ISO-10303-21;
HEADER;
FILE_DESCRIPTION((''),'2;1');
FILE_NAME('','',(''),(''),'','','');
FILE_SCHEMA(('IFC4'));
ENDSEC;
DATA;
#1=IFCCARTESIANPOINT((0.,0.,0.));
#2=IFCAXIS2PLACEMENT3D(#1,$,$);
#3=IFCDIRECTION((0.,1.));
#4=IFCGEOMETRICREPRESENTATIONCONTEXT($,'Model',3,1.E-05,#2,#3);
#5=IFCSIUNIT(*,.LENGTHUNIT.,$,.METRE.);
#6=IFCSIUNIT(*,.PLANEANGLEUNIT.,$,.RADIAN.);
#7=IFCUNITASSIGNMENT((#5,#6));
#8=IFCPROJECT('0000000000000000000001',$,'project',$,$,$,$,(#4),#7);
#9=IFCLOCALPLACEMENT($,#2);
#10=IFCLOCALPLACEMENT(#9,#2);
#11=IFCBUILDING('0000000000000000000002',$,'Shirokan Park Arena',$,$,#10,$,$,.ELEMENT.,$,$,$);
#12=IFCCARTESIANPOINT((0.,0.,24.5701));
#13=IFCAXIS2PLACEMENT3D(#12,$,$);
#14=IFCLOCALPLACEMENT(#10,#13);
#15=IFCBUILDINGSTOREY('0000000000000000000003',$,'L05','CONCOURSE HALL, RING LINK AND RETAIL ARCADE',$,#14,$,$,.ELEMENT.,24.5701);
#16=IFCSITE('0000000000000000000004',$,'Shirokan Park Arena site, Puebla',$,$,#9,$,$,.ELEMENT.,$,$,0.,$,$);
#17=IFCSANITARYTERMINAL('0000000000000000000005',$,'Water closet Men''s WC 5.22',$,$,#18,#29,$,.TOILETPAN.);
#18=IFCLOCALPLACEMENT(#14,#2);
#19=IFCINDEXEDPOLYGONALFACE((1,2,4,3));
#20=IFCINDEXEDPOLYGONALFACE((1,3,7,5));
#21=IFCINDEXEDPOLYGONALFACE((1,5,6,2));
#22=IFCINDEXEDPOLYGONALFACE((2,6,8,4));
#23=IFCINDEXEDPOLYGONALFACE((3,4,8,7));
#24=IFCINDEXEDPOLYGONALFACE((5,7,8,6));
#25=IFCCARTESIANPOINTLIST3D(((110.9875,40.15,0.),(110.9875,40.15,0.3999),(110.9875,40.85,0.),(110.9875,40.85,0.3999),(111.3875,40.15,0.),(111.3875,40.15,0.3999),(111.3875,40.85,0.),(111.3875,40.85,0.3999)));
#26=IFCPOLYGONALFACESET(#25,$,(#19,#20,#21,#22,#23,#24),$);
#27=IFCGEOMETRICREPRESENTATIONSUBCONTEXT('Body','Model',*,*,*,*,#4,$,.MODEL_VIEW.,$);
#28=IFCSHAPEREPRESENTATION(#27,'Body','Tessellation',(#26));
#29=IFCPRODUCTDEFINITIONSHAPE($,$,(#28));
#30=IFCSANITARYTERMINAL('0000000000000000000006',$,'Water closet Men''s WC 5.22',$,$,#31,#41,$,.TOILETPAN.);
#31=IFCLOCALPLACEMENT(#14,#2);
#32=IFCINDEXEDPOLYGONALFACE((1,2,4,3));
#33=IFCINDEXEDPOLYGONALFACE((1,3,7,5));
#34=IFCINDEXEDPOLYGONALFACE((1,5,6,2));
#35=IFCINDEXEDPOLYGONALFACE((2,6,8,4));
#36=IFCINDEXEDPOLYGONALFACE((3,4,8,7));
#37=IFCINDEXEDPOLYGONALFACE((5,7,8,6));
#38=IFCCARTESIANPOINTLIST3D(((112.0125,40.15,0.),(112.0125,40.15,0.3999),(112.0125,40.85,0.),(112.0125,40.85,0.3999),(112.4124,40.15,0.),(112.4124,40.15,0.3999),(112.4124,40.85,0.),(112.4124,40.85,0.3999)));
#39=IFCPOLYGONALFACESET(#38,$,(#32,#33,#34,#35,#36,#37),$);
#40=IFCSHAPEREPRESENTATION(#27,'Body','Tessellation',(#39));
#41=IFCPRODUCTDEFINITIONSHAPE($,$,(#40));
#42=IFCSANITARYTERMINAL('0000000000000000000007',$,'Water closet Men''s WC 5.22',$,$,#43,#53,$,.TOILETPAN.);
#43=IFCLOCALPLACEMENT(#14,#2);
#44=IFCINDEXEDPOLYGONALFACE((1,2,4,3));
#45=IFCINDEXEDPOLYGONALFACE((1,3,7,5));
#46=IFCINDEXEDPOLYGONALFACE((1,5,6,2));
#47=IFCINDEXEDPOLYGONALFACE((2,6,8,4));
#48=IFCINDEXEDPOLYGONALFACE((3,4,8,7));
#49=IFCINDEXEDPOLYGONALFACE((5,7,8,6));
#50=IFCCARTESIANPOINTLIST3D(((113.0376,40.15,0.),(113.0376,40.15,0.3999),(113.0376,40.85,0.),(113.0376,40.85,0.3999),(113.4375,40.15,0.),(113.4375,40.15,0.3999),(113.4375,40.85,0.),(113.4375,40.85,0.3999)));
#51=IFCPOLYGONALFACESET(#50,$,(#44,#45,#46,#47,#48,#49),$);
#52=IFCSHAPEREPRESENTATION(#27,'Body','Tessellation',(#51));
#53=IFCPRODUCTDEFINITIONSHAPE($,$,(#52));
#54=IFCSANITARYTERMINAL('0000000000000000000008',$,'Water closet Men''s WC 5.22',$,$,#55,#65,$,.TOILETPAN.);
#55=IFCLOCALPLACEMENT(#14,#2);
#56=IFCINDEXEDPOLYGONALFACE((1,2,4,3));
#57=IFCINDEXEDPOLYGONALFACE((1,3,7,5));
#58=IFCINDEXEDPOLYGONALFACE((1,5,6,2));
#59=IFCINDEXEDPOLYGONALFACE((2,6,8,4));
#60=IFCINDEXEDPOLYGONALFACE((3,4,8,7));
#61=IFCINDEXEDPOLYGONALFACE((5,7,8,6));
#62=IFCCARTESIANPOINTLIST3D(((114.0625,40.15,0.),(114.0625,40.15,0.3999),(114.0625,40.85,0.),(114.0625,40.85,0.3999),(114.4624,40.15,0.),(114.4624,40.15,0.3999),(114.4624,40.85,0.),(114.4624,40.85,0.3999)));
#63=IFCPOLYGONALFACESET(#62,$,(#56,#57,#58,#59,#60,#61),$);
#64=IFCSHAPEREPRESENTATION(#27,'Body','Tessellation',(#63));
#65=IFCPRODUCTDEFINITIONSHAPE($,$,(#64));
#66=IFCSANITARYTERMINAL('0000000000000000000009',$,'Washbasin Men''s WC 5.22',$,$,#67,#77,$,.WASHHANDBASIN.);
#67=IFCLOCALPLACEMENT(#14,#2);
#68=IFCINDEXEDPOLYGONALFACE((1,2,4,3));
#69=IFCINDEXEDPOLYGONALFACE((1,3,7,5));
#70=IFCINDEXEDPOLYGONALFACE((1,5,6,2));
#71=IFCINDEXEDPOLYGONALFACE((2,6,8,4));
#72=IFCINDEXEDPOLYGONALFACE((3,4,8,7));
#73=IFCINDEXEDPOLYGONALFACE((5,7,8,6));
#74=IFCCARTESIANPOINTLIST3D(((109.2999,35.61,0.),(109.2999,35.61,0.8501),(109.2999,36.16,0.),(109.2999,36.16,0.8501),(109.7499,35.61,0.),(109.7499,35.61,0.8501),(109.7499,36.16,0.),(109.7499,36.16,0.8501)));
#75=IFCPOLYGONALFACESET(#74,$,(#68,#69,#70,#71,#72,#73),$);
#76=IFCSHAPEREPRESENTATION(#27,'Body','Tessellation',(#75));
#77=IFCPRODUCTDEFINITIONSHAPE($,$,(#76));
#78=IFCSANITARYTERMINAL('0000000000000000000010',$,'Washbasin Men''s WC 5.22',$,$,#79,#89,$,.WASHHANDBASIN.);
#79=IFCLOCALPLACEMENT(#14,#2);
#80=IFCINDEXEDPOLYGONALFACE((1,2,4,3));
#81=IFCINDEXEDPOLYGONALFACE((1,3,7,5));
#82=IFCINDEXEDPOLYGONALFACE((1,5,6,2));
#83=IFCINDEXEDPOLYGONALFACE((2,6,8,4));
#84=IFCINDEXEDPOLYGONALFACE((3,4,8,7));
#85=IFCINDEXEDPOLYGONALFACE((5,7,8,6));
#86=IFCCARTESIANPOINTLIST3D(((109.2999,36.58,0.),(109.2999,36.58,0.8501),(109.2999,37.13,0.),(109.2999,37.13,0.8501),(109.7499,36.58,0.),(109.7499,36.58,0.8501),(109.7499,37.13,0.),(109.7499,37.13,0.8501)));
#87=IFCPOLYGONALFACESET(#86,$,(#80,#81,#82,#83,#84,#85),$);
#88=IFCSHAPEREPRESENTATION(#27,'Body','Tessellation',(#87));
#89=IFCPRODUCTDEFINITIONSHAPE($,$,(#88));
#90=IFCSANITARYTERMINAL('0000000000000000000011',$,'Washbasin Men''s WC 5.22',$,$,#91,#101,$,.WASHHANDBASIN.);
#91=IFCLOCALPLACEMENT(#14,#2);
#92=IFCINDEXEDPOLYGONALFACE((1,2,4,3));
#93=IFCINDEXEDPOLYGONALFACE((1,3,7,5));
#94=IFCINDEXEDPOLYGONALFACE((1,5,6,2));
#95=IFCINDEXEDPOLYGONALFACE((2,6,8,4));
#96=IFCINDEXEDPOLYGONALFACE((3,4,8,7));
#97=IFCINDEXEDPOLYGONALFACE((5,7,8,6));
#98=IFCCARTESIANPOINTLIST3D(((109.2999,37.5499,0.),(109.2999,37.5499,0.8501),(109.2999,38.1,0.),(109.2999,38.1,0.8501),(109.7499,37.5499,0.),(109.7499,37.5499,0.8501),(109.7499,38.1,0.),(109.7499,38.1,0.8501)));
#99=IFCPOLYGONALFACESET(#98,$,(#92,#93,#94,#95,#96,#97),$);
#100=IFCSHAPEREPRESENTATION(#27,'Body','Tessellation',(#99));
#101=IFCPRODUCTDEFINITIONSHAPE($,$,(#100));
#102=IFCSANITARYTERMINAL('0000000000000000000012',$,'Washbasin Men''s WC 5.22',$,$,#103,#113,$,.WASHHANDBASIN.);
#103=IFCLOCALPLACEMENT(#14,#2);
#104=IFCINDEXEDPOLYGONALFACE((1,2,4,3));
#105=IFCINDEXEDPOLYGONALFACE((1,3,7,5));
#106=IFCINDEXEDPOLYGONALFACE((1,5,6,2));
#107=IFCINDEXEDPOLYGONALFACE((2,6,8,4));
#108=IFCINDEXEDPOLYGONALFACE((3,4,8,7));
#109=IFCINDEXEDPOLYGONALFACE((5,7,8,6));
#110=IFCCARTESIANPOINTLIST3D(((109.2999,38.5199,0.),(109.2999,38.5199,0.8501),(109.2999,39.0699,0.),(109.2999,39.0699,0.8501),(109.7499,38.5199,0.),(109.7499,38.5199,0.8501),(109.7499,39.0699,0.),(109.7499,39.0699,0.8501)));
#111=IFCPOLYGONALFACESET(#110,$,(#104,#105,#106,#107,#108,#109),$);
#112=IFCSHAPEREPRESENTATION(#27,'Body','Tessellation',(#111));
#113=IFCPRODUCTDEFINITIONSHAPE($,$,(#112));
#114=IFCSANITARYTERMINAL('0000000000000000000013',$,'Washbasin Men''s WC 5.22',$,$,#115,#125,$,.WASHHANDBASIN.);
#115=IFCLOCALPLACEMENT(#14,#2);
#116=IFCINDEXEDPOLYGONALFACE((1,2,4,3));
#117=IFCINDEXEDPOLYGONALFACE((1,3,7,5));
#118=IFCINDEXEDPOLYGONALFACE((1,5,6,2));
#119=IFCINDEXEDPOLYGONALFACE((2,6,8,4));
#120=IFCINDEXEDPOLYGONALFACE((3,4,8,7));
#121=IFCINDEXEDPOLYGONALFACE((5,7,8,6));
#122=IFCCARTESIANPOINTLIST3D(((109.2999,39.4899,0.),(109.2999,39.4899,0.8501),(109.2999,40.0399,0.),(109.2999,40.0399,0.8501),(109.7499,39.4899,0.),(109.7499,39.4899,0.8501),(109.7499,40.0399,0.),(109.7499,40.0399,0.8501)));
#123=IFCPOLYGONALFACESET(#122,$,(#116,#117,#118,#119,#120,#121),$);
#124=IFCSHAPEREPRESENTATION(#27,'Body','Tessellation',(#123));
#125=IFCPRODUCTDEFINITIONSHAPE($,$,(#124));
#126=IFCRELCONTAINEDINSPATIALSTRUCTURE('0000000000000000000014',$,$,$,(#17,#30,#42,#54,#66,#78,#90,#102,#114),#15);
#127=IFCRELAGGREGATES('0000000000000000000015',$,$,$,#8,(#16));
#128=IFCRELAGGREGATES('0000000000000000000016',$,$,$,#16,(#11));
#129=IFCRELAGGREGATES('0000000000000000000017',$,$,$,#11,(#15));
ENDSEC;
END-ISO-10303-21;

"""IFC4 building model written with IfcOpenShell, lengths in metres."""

from ifc_helpers import new_model, si_unit, direction, frame, origin, origin_2d, place, context, subcontext, project, spatial, rectangle, extrude, element, save


model = new_model("IFC4")

# Units and contexts
model_context = context("Model", 3, precision=1e-05, world=origin(), true_north=direction((0.0, 1.0)))
body_context = subcontext(model_context, "Body", "Model", "MODEL_VIEW")
ifc_project = project(units=[si_unit("LENGTHUNIT", "METRE"), si_unit("PLANEANGLEUNIT", "RADIAN")], contexts=[model_context])

# Site, building, storey
site_placement = place(None, origin())
site = spatial("IfcSite", under=ifc_project, at=site_placement, Name="Shirokan Park Arena site, Puebla", CompositionType="ELEMENT", RefElevation=0.0)
building_placement = place(site_placement, origin())
building = spatial("IfcBuilding", under=site, at=building_placement, Name="Shirokan Park Arena", CompositionType="ELEMENT")
storey_placement = place(building_placement, frame((0.0, 0.0, 24.5701)))
storey = spatial("IfcBuildingStorey", under=building, at=storey_placement, Name="L05", Description="CONCOURSE HALL, RING LINK AND RETAIL ARCADE", CompositionType="ELEMENT", Elevation=24.5701)

# Sanitary terminals
for number, where, z_axis, x_axis, name in (
    (1, (111.1875, 40.5, 0.0), (0.0, 0.0, 1.0), (1.0, 0.0, 0.0), "Water closet Men's WC 5.22"),
    (2, (112.2124, 40.5, 0.0), (0.0, 0.0, 1.0), (1.0, 0.0, 0.0), "Water closet Men's WC 5.22"),
    (3, (113.2375, 40.5, 0.0), (0.0, 0.0, 1.0), (1.0, 0.0, 0.0), "Water closet Men's WC 5.22"),
    (4, (114.2625, 40.5, 0.0), (0.0, 0.0, 1.0), (1.0, 0.0, 0.0), "Water closet Men's WC 5.22"),
):
    element("IfcSanitaryTerminal", number, at=place(storey_placement, frame(where, z_axis=z_axis, x_axis=x_axis)), inside=storey, Name=name, PredefinedType="TOILETPAN", context=body_context, shape_type="SweptSolid", body=[
        extrude(rectangle(XDim=0.3999, YDim=0.7, at=origin_2d()), origin(), (0.0, 0.0, 1.0), 0.3999),
    ])
for number, where, z_axis, x_axis, name in (
    (5, (109.5249, 35.885, 0.0), (0.0, 0.0, 1.0), (1.0, 0.0, 0.0), "Washbasin Men's WC 5.22"),
    (6, (109.5249, 36.855, 0.0), (0.0, 0.0, 1.0), (1.0, 0.0, 0.0), "Washbasin Men's WC 5.22"),
    (7, (109.5249, 37.825, 0.0), (0.0, 0.0, 1.0), (1.0, 0.0, 0.0), "Washbasin Men's WC 5.22"),
    (8, (109.5249, 38.7949, 0.0), (0.0, 0.0, 1.0), (1.0, 0.0, 0.0), "Washbasin Men's WC 5.22"),
    (9, (109.5249, 39.7649, 0.0), (0.0, 0.0, 1.0), (1.0, 0.0, 0.0), "Washbasin Men's WC 5.22"),
):
    element("IfcSanitaryTerminal", number, at=place(storey_placement, frame(where, z_axis=z_axis, x_axis=x_axis)), inside=storey, Name=name, PredefinedType="WASHHANDBASIN", context=body_context, shape_type="SweptSolid", body=[
        extrude(rectangle(XDim=0.45, YDim=0.55, at=origin_2d()), origin(), (0.0, 0.0, 1.0), 0.8501),
    ])

save(model, "model.ifc")
